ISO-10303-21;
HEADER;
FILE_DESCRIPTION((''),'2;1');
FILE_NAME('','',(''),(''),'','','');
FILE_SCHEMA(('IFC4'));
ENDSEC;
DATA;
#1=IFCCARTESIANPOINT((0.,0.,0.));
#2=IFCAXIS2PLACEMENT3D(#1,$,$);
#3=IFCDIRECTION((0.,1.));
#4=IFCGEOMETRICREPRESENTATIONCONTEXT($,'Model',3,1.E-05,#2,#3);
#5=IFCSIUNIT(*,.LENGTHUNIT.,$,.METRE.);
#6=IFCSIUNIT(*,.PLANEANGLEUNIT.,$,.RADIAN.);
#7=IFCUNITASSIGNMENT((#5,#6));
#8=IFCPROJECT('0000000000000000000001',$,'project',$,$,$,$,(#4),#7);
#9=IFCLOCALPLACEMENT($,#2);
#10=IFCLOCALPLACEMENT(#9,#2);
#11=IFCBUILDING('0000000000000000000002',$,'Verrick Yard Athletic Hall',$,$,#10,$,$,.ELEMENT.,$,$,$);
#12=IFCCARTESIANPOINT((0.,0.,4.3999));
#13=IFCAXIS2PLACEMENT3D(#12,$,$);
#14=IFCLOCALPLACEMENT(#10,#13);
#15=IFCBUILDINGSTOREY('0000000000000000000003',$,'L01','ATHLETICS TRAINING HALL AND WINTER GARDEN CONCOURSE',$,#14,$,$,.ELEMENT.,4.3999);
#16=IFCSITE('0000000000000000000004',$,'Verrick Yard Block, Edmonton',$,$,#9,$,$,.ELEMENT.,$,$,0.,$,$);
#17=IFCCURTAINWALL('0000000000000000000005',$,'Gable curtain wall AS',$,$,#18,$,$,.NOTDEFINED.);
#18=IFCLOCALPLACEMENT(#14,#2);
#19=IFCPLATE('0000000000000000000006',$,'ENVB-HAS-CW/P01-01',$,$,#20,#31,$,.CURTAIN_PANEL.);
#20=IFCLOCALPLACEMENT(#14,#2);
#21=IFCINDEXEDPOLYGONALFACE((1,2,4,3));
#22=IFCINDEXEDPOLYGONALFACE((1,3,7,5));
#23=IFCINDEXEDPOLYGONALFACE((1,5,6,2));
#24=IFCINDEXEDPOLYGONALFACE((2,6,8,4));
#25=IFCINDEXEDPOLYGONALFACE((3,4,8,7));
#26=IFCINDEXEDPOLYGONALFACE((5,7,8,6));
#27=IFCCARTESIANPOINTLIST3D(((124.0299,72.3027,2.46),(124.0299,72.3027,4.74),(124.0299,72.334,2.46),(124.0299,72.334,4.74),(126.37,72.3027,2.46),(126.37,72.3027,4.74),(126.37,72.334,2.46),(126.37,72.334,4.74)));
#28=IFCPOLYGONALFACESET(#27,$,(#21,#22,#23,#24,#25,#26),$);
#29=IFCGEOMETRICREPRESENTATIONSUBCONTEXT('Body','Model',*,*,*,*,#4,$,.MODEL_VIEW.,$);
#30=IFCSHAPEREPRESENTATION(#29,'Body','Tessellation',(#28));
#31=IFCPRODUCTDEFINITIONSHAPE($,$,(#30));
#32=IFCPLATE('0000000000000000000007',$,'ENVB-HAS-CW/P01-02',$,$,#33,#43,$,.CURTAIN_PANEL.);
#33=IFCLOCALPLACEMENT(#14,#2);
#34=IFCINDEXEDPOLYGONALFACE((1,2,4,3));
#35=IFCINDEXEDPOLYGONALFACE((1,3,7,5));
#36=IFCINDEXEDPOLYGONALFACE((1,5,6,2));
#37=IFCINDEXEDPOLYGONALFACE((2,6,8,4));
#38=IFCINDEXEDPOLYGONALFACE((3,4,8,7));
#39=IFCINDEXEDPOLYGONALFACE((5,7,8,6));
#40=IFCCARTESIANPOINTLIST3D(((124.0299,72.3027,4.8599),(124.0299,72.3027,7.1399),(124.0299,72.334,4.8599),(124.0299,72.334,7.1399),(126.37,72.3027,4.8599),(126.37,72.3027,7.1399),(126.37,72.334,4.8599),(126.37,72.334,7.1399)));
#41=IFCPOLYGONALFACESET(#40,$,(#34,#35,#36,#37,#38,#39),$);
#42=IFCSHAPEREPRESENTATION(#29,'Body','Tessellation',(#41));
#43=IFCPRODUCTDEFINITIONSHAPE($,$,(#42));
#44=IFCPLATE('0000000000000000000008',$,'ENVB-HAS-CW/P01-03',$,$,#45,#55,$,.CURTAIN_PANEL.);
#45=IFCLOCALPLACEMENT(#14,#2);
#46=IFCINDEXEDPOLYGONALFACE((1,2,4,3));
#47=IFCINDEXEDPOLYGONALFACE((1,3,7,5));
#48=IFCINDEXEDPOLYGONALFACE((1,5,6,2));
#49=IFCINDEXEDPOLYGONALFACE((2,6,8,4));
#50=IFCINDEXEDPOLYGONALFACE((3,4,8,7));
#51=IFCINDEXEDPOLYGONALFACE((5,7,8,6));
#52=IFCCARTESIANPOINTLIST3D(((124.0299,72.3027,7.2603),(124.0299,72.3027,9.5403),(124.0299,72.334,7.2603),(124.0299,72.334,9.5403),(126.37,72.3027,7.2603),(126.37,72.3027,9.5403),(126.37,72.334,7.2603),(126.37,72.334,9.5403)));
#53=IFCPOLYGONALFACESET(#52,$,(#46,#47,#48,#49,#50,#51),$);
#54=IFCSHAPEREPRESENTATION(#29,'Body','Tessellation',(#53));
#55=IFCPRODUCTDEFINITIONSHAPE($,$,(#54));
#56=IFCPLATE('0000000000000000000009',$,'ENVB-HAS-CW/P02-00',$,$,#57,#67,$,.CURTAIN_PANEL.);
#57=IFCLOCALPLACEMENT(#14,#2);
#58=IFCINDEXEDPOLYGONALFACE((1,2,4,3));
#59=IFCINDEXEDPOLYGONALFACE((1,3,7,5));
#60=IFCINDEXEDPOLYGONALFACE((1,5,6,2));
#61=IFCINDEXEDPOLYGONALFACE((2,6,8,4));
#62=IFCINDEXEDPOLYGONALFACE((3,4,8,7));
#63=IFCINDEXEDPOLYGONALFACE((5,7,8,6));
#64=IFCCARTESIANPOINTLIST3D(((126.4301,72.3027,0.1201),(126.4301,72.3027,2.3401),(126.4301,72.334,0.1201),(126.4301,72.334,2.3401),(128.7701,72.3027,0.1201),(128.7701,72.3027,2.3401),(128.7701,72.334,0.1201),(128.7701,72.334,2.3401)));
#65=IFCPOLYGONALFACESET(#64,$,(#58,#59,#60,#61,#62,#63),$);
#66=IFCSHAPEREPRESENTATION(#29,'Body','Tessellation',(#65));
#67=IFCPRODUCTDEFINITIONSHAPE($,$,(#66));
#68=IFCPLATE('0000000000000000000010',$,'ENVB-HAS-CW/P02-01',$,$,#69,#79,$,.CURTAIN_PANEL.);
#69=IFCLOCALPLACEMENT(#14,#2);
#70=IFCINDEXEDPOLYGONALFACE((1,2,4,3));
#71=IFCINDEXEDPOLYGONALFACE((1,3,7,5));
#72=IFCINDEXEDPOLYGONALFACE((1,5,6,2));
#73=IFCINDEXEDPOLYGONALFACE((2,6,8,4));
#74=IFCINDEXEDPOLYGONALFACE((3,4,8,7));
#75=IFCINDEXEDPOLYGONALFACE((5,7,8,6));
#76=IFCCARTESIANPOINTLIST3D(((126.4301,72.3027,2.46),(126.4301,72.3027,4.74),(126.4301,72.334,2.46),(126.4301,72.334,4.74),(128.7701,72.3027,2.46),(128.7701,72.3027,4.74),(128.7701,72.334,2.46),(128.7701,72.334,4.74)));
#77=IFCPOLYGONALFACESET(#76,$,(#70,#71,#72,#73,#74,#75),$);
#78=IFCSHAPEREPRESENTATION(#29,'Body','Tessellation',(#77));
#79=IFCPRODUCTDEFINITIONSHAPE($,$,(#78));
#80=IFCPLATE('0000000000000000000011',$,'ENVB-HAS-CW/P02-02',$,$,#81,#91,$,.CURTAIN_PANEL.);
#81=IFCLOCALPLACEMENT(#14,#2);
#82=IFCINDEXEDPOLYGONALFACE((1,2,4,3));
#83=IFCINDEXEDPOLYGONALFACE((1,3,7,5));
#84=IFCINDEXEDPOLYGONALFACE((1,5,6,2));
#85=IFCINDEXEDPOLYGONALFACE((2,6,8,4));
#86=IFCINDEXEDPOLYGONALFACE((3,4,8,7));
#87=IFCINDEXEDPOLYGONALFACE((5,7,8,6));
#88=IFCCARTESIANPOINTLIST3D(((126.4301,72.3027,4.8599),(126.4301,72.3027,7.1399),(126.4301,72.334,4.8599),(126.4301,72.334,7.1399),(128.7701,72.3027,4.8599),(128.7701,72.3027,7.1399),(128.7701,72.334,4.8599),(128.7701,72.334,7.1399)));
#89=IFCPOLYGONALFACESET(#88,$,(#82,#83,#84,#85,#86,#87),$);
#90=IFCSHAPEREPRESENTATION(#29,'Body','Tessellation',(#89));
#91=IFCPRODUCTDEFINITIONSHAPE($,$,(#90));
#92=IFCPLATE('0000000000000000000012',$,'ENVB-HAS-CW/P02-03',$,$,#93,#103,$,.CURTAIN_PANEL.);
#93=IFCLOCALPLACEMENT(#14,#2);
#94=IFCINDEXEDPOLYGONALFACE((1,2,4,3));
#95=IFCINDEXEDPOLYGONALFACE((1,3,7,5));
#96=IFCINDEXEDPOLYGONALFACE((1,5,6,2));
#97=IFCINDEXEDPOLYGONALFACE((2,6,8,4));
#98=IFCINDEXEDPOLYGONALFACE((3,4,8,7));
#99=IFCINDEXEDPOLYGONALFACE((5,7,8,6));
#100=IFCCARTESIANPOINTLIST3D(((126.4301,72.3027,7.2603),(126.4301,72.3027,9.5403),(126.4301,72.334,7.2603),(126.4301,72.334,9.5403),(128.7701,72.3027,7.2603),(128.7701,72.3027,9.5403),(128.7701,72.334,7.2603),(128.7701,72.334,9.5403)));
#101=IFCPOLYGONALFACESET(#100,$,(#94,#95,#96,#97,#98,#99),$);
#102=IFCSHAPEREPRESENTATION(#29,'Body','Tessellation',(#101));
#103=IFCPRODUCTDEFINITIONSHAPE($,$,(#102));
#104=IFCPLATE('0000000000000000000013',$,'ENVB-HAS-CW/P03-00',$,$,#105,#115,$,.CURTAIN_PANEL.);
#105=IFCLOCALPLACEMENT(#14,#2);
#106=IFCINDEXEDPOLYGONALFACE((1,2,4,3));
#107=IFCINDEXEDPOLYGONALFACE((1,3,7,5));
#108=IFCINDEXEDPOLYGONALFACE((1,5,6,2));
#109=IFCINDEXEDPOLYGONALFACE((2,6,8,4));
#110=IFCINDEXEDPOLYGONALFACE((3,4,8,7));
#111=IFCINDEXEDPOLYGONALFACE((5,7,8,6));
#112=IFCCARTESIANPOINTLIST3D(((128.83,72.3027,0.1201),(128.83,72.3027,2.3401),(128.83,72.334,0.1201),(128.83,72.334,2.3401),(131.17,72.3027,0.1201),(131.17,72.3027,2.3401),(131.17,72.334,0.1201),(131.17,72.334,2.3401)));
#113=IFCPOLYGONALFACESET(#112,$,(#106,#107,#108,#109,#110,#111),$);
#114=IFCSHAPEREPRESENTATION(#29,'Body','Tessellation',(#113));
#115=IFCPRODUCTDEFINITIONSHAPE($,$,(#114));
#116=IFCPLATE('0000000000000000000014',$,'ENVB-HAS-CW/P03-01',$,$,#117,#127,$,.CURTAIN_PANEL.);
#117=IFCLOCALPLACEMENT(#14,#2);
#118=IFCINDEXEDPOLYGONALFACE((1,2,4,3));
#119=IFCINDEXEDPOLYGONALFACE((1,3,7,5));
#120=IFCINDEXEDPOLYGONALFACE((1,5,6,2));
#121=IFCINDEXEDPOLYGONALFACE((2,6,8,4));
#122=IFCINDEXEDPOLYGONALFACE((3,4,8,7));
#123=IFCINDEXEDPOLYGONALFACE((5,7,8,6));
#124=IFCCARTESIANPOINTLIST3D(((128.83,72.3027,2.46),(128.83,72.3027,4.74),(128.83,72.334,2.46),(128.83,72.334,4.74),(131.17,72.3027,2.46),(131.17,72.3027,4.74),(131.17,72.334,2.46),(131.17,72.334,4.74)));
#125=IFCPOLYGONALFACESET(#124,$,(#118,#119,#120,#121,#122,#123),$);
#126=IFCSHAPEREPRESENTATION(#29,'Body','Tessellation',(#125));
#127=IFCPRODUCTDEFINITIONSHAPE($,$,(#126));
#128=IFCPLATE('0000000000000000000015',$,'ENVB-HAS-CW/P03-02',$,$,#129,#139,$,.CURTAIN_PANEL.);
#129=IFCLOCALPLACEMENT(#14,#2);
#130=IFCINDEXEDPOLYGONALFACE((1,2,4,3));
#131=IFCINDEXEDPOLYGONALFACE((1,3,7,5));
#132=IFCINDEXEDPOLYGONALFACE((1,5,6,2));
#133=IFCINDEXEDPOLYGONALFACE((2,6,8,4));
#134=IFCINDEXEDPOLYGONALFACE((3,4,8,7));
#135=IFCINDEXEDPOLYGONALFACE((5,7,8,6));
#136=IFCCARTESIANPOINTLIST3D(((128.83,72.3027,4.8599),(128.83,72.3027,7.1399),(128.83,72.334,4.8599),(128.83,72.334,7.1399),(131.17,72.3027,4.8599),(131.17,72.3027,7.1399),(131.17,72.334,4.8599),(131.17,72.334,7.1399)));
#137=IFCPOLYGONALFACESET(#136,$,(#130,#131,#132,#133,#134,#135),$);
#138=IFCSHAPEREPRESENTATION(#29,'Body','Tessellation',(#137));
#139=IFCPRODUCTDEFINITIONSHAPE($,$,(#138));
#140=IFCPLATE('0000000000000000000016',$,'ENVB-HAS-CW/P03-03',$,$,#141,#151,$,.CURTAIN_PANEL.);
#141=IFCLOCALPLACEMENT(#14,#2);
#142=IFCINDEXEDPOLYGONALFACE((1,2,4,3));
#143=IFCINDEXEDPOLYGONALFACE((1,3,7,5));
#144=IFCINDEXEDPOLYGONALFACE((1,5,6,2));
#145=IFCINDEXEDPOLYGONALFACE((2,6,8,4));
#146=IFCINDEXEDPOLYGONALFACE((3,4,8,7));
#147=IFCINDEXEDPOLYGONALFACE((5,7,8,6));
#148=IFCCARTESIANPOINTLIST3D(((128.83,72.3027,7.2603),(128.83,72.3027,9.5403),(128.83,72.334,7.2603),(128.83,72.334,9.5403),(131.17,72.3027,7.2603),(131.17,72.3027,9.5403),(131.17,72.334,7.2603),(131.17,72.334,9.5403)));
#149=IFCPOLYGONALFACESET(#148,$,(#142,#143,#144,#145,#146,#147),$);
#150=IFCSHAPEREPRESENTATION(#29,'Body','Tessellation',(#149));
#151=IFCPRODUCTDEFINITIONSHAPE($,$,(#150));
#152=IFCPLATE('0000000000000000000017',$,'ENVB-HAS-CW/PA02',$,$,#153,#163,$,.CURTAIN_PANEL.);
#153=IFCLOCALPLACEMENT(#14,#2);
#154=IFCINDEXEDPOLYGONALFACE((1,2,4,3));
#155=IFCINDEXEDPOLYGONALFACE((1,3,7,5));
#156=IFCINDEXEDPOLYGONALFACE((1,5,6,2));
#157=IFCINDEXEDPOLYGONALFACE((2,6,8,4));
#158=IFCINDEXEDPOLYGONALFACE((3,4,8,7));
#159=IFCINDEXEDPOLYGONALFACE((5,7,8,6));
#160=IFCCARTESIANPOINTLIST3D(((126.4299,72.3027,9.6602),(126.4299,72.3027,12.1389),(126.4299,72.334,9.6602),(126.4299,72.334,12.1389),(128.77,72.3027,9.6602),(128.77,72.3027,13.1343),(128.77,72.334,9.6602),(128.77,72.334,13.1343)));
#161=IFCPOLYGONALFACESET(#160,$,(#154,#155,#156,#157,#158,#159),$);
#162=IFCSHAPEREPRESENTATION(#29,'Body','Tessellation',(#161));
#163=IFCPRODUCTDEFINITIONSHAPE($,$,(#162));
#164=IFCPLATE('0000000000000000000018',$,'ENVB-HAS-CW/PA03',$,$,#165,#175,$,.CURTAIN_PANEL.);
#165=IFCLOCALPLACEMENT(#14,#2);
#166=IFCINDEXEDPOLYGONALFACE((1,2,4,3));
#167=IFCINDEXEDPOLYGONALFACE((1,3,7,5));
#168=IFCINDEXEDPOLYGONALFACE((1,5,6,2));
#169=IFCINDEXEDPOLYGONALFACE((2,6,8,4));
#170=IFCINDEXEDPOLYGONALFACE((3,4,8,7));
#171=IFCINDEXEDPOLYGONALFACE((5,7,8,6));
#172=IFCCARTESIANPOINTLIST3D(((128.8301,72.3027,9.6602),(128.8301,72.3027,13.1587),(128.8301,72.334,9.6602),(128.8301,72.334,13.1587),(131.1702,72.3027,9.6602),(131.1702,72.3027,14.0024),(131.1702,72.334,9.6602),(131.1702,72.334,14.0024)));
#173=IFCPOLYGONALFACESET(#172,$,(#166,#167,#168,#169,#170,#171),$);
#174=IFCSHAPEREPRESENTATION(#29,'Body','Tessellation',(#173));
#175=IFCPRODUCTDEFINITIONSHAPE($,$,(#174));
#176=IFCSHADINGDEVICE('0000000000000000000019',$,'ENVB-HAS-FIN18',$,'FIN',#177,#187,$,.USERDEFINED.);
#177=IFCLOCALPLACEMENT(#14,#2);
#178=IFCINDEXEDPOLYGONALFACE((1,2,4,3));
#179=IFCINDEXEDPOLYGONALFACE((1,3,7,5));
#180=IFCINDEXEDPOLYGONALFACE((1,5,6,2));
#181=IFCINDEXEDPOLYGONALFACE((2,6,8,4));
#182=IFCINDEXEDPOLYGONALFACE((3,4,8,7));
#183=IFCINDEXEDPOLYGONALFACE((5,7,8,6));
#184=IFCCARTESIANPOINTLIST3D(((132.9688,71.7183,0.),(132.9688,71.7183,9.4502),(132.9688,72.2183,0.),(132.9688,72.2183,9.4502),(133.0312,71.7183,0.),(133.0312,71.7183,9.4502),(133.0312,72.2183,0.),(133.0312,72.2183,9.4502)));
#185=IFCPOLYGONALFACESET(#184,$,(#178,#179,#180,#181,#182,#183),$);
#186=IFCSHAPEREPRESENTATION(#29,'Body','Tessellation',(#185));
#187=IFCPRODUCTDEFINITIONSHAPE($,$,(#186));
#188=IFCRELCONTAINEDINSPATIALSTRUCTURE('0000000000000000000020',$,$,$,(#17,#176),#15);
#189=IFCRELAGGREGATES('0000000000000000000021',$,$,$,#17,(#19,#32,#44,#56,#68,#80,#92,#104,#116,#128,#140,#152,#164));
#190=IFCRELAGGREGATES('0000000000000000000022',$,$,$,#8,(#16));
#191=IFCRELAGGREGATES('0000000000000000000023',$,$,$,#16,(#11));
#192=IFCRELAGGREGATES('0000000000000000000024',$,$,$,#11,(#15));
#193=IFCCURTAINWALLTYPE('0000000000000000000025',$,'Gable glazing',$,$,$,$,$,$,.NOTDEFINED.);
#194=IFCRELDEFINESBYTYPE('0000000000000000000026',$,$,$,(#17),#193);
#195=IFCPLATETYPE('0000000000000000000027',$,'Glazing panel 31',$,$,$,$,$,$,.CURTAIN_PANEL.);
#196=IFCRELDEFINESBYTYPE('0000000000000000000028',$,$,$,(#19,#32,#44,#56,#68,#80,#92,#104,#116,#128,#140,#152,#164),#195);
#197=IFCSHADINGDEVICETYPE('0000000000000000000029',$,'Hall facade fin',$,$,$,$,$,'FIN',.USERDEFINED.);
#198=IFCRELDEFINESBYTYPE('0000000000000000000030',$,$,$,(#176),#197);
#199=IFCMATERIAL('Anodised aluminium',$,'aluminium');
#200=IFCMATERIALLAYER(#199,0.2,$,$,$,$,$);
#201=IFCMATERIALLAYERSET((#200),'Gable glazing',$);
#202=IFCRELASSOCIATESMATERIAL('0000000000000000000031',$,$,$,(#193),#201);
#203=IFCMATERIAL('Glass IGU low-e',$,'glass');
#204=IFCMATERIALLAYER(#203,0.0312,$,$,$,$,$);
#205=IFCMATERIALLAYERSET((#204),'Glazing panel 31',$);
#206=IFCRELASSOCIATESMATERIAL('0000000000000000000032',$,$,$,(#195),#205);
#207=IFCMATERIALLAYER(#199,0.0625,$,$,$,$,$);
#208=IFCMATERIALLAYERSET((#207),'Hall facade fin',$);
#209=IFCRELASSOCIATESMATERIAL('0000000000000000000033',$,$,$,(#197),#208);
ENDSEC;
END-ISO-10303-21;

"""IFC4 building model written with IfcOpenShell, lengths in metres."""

from ifc_helpers import new_model, si_unit, direction, frame, origin, origin_2d, place, context, subcontext, project, spatial, polyline, rectangle, outline, extrude, material, layer, layer_set, type_object, element, aggregate, save


model = new_model("IFC4")

# Units and contexts
model_context = context("Model", 3, precision=1e-05, world=origin(), true_north=direction((0.0, 1.0)))
body_context = subcontext(model_context, "Body", "Model", "MODEL_VIEW")
ifc_project = project(units=[si_unit("LENGTHUNIT", "METRE"), si_unit("PLANEANGLEUNIT", "RADIAN")], contexts=[model_context])

# Site, building, storey
site_placement = place(None, origin())
site = spatial("IfcSite", under=ifc_project, at=site_placement, Name="Verrick Yard Block, Edmonton", CompositionType="ELEMENT", RefElevation=0.0)
building_placement = place(site_placement, origin())
building = spatial("IfcBuilding", under=site, at=building_placement, Name="Verrick Yard Athletic Hall", CompositionType="ELEMENT")
storey_placement = place(building_placement, frame((0.0, 0.0, 4.3999)))
storey = spatial("IfcBuildingStorey", under=building, at=storey_placement, Name="L01", Description="ATHLETICS TRAINING HALL AND WINTER GARDEN CONCOURSE", CompositionType="ELEMENT", Elevation=4.3999)

# Curtain wall, plates
ifc_material_1 = material(Name="Anodised aluminium", Category="aluminium")
ifc_layer_1 = layer(ifc_material_1, 0.2)
ifc_layer_set_1 = layer_set([ifc_layer_1], Name="Gable glazing")
curtain_wall_type = type_object("IfcCurtainWallType", Name="Gable glazing", PredefinedType="NOTDEFINED", material=ifc_layer_set_1)
curtain_wall_placement = place(storey_placement, origin())
curtain_wall = element("IfcCurtainWall", 1, at=curtain_wall_placement, inside=storey, type_object=curtain_wall_type, Name="Gable curtain wall AS", PredefinedType="NOTDEFINED")
ifc_material_2 = material(Name="Glass IGU low-e", Category="glass")
ifc_layer_2 = layer(ifc_material_2, 0.0312)
ifc_layer_set_2 = layer_set([ifc_layer_2], Name="Glazing panel 31")
plate_type = type_object("IfcPlateType", Name="Glazing panel 31", PredefinedType="CURTAIN_PANEL", material=ifc_layer_set_2)
plate_1_placement = place(storey_placement, frame((125.2, 72.3184, 2.46), z_axis=(0.0, 0.0, 1.0), x_axis=(1.0, 0.0, 0.0)))
plate_1 = element("IfcPlate", 2, at=plate_1_placement, type_object=plate_type, Name="ENVB-HAS-CW/P01-01", PredefinedType="CURTAIN_PANEL", context=body_context, shape_type="SweptSolid", body=[
    extrude(rectangle(XDim=2.3401, YDim=0.0312, at=origin_2d()), origin(), (0.0, 0.0, 1.0), 2.28),
])
plate_2_placement = place(storey_placement, frame((125.2, 72.3184, 4.8599), z_axis=(0.0, 0.0, 1.0), x_axis=(1.0, 0.0, 0.0)))
plate_2 = element("IfcPlate", 3, at=plate_2_placement, type_object=plate_type, Name="ENVB-HAS-CW/P01-02", PredefinedType="CURTAIN_PANEL", context=body_context, shape_type="SweptSolid", body=[
    extrude(rectangle(XDim=2.3401, YDim=0.0312, at=origin_2d()), origin(), (0.0, 0.0, 1.0), 2.28),
])
plate_3_placement = place(storey_placement, frame((125.2, 72.3184, 7.2603), z_axis=(0.0, 0.0, 1.0), x_axis=(1.0, 0.0, 0.0)))
plate_3 = element("IfcPlate", 4, at=plate_3_placement, type_object=plate_type, Name="ENVB-HAS-CW/P01-03", PredefinedType="CURTAIN_PANEL", context=body_context, shape_type="SweptSolid", body=[
    extrude(rectangle(XDim=2.3401, YDim=0.0312, at=origin_2d()), origin(), (0.0, 0.0, 1.0), 2.28),
])
plate_4_placement = place(storey_placement, frame((127.6001, 72.3184, 0.1201), z_axis=(0.0, 0.0, 1.0), x_axis=(1.0, 0.0, 0.0)))
plate_4 = element("IfcPlate", 5, at=plate_4_placement, type_object=plate_type, Name="ENVB-HAS-CW/P02-00", PredefinedType="CURTAIN_PANEL", context=body_context, shape_type="SweptSolid", body=[
    extrude(rectangle(XDim=2.3401, YDim=0.0312, at=origin_2d()), origin(), (0.0, 0.0, 1.0), 2.22),
])
plate_5_placement = place(storey_placement, frame((127.6001, 72.3184, 2.46), z_axis=(0.0, 0.0, 1.0), x_axis=(1.0, 0.0, 0.0)))
plate_5 = element("IfcPlate", 6, at=plate_5_placement, type_object=plate_type, Name="ENVB-HAS-CW/P02-01", PredefinedType="CURTAIN_PANEL", context=body_context, shape_type="SweptSolid", body=[
    extrude(rectangle(XDim=2.3401, YDim=0.0312, at=origin_2d()), origin(), (0.0, 0.0, 1.0), 2.28),
])
plate_6_placement = place(storey_placement, frame((127.6001, 72.3184, 4.8599), z_axis=(0.0, 0.0, 1.0), x_axis=(1.0, 0.0, 0.0)))
plate_6 = element("IfcPlate", 7, at=plate_6_placement, type_object=plate_type, Name="ENVB-HAS-CW/P02-02", PredefinedType="CURTAIN_PANEL", context=body_context, shape_type="SweptSolid", body=[
    extrude(rectangle(XDim=2.3401, YDim=0.0312, at=origin_2d()), origin(), (0.0, 0.0, 1.0), 2.28),
])
plate_7_placement = place(storey_placement, frame((127.6001, 72.3184, 7.2603), z_axis=(0.0, 0.0, 1.0), x_axis=(1.0, 0.0, 0.0)))
plate_7 = element("IfcPlate", 8, at=plate_7_placement, type_object=plate_type, Name="ENVB-HAS-CW/P02-03", PredefinedType="CURTAIN_PANEL", context=body_context, shape_type="SweptSolid", body=[
    extrude(rectangle(XDim=2.3401, YDim=0.0312, at=origin_2d()), origin(), (0.0, 0.0, 1.0), 2.28),
])
plate_8_placement = place(storey_placement, frame((130.0, 72.3184, 0.1201), z_axis=(0.0, 0.0, 1.0), x_axis=(1.0, 0.0, 0.0)))
plate_8 = element("IfcPlate", 9, at=plate_8_placement, type_object=plate_type, Name="ENVB-HAS-CW/P03-00", PredefinedType="CURTAIN_PANEL", context=body_context, shape_type="SweptSolid", body=[
    extrude(rectangle(XDim=2.3401, YDim=0.0312, at=origin_2d()), origin(), (0.0, 0.0, 1.0), 2.22),
])
plate_9_placement = place(storey_placement, frame((130.0, 72.3184, 2.46), z_axis=(0.0, 0.0, 1.0), x_axis=(1.0, 0.0, 0.0)))
plate_9 = element("IfcPlate", 10, at=plate_9_placement, type_object=plate_type, Name="ENVB-HAS-CW/P03-01", PredefinedType="CURTAIN_PANEL", context=body_context, shape_type="SweptSolid", body=[
    extrude(rectangle(XDim=2.3401, YDim=0.0312, at=origin_2d()), origin(), (0.0, 0.0, 1.0), 2.28),
])
plate_10_placement = place(storey_placement, frame((130.0, 72.3184, 4.8599), z_axis=(0.0, 0.0, 1.0), x_axis=(1.0, 0.0, 0.0)))
plate_10 = element("IfcPlate", 11, at=plate_10_placement, type_object=plate_type, Name="ENVB-HAS-CW/P03-02", PredefinedType="CURTAIN_PANEL", context=body_context, shape_type="SweptSolid", body=[
    extrude(rectangle(XDim=2.3401, YDim=0.0312, at=origin_2d()), origin(), (0.0, 0.0, 1.0), 2.28),
])
plate_11_placement = place(storey_placement, frame((130.0, 72.3184, 7.2603), z_axis=(0.0, 0.0, 1.0), x_axis=(1.0, 0.0, 0.0)))
plate_11 = element("IfcPlate", 12, at=plate_11_placement, type_object=plate_type, Name="ENVB-HAS-CW/P03-03", PredefinedType="CURTAIN_PANEL", context=body_context, shape_type="SweptSolid", body=[
    extrude(rectangle(XDim=2.3401, YDim=0.0312, at=origin_2d()), origin(), (0.0, 0.0, 1.0), 2.28),
])
plate_12_placement = place(storey_placement, frame((126.4299, 72.3184, 9.6602), z_axis=(0.0, 0.0, 1.0), x_axis=(1.0, 0.0, 0.0)))
plate_12 = element("IfcPlate", 13, at=plate_12_placement, type_object=plate_type, Name="ENVB-HAS-CW/PA02", PredefinedType="CURTAIN_PANEL", context=body_context, shape_type="SweptSolid", body=[
    extrude(outline(polyline([(0.0, 2.4788), (2.3401, 3.4741), (2.3401, 0.0), (0.0, 0.0), (0.0, 2.4788)])), frame((0.0, 0.0156, 0.0), z_axis=(0.0, -1.0, 0.0), x_axis=(1.0, 0.0, 0.0)), (0.0, 0.0, 1.0), 0.0312),
])
plate_13_placement = place(storey_placement, frame((128.8301, 72.3184, 9.6602), z_axis=(0.0, 0.0, 1.0), x_axis=(1.0, 0.0, 0.0)))
plate_13 = element("IfcPlate", 14, at=plate_13_placement, type_object=plate_type, Name="ENVB-HAS-CW/PA03", PredefinedType="CURTAIN_PANEL", context=body_context, shape_type="SweptSolid", body=[
    extrude(outline(polyline([(0.0, 3.4985), (2.3401, 4.3423), (2.3401, 0.0), (0.0, 0.0), (0.0, 3.4985)])), frame((0.0, 0.0156, 0.0), z_axis=(0.0, -1.0, 0.0), x_axis=(1.0, 0.0, 0.0)), (0.0, 0.0, 1.0), 0.0312),
])
aggregate(curtain_wall, [plate_1, plate_2, plate_3, plate_4, plate_5, plate_6, plate_7, plate_8, plate_9, plate_10, plate_11, plate_12, plate_13])

# Shading device
ifc_layer_3 = layer(ifc_material_1, 0.0625)
ifc_layer_set_3 = layer_set([ifc_layer_3], Name="Hall facade fin")
shading_device_type = type_object("IfcShadingDeviceType", Name="Hall facade fin", ElementType="FIN", PredefinedType="USERDEFINED", material=ifc_layer_set_3)
shading_device_placement = place(storey_placement, frame((133.0, 71.7183, 0.0), z_axis=(0.0, 0.0, 1.0), x_axis=(0.0, 1.0, 0.0)))
element("IfcShadingDevice", 15, at=shading_device_placement, inside=storey, type_object=shading_device_type, Name="ENVB-HAS-FIN18", ObjectType="FIN", PredefinedType="USERDEFINED", context=body_context, shape_type="SweptSolid", body=[
    extrude(outline(polyline([(0.0, 0.0), (0.5, 0.0), (0.5, 9.4502), (0.0, 9.4502), (0.0, 0.0)])), frame((0.0, 0.0312, 0.0), z_axis=(0.0, -1.0, 0.0), x_axis=(1.0, 0.0, 0.0)), (0.0, 0.0, 1.0), 0.0625),
])

save(model, "model.ifc")
